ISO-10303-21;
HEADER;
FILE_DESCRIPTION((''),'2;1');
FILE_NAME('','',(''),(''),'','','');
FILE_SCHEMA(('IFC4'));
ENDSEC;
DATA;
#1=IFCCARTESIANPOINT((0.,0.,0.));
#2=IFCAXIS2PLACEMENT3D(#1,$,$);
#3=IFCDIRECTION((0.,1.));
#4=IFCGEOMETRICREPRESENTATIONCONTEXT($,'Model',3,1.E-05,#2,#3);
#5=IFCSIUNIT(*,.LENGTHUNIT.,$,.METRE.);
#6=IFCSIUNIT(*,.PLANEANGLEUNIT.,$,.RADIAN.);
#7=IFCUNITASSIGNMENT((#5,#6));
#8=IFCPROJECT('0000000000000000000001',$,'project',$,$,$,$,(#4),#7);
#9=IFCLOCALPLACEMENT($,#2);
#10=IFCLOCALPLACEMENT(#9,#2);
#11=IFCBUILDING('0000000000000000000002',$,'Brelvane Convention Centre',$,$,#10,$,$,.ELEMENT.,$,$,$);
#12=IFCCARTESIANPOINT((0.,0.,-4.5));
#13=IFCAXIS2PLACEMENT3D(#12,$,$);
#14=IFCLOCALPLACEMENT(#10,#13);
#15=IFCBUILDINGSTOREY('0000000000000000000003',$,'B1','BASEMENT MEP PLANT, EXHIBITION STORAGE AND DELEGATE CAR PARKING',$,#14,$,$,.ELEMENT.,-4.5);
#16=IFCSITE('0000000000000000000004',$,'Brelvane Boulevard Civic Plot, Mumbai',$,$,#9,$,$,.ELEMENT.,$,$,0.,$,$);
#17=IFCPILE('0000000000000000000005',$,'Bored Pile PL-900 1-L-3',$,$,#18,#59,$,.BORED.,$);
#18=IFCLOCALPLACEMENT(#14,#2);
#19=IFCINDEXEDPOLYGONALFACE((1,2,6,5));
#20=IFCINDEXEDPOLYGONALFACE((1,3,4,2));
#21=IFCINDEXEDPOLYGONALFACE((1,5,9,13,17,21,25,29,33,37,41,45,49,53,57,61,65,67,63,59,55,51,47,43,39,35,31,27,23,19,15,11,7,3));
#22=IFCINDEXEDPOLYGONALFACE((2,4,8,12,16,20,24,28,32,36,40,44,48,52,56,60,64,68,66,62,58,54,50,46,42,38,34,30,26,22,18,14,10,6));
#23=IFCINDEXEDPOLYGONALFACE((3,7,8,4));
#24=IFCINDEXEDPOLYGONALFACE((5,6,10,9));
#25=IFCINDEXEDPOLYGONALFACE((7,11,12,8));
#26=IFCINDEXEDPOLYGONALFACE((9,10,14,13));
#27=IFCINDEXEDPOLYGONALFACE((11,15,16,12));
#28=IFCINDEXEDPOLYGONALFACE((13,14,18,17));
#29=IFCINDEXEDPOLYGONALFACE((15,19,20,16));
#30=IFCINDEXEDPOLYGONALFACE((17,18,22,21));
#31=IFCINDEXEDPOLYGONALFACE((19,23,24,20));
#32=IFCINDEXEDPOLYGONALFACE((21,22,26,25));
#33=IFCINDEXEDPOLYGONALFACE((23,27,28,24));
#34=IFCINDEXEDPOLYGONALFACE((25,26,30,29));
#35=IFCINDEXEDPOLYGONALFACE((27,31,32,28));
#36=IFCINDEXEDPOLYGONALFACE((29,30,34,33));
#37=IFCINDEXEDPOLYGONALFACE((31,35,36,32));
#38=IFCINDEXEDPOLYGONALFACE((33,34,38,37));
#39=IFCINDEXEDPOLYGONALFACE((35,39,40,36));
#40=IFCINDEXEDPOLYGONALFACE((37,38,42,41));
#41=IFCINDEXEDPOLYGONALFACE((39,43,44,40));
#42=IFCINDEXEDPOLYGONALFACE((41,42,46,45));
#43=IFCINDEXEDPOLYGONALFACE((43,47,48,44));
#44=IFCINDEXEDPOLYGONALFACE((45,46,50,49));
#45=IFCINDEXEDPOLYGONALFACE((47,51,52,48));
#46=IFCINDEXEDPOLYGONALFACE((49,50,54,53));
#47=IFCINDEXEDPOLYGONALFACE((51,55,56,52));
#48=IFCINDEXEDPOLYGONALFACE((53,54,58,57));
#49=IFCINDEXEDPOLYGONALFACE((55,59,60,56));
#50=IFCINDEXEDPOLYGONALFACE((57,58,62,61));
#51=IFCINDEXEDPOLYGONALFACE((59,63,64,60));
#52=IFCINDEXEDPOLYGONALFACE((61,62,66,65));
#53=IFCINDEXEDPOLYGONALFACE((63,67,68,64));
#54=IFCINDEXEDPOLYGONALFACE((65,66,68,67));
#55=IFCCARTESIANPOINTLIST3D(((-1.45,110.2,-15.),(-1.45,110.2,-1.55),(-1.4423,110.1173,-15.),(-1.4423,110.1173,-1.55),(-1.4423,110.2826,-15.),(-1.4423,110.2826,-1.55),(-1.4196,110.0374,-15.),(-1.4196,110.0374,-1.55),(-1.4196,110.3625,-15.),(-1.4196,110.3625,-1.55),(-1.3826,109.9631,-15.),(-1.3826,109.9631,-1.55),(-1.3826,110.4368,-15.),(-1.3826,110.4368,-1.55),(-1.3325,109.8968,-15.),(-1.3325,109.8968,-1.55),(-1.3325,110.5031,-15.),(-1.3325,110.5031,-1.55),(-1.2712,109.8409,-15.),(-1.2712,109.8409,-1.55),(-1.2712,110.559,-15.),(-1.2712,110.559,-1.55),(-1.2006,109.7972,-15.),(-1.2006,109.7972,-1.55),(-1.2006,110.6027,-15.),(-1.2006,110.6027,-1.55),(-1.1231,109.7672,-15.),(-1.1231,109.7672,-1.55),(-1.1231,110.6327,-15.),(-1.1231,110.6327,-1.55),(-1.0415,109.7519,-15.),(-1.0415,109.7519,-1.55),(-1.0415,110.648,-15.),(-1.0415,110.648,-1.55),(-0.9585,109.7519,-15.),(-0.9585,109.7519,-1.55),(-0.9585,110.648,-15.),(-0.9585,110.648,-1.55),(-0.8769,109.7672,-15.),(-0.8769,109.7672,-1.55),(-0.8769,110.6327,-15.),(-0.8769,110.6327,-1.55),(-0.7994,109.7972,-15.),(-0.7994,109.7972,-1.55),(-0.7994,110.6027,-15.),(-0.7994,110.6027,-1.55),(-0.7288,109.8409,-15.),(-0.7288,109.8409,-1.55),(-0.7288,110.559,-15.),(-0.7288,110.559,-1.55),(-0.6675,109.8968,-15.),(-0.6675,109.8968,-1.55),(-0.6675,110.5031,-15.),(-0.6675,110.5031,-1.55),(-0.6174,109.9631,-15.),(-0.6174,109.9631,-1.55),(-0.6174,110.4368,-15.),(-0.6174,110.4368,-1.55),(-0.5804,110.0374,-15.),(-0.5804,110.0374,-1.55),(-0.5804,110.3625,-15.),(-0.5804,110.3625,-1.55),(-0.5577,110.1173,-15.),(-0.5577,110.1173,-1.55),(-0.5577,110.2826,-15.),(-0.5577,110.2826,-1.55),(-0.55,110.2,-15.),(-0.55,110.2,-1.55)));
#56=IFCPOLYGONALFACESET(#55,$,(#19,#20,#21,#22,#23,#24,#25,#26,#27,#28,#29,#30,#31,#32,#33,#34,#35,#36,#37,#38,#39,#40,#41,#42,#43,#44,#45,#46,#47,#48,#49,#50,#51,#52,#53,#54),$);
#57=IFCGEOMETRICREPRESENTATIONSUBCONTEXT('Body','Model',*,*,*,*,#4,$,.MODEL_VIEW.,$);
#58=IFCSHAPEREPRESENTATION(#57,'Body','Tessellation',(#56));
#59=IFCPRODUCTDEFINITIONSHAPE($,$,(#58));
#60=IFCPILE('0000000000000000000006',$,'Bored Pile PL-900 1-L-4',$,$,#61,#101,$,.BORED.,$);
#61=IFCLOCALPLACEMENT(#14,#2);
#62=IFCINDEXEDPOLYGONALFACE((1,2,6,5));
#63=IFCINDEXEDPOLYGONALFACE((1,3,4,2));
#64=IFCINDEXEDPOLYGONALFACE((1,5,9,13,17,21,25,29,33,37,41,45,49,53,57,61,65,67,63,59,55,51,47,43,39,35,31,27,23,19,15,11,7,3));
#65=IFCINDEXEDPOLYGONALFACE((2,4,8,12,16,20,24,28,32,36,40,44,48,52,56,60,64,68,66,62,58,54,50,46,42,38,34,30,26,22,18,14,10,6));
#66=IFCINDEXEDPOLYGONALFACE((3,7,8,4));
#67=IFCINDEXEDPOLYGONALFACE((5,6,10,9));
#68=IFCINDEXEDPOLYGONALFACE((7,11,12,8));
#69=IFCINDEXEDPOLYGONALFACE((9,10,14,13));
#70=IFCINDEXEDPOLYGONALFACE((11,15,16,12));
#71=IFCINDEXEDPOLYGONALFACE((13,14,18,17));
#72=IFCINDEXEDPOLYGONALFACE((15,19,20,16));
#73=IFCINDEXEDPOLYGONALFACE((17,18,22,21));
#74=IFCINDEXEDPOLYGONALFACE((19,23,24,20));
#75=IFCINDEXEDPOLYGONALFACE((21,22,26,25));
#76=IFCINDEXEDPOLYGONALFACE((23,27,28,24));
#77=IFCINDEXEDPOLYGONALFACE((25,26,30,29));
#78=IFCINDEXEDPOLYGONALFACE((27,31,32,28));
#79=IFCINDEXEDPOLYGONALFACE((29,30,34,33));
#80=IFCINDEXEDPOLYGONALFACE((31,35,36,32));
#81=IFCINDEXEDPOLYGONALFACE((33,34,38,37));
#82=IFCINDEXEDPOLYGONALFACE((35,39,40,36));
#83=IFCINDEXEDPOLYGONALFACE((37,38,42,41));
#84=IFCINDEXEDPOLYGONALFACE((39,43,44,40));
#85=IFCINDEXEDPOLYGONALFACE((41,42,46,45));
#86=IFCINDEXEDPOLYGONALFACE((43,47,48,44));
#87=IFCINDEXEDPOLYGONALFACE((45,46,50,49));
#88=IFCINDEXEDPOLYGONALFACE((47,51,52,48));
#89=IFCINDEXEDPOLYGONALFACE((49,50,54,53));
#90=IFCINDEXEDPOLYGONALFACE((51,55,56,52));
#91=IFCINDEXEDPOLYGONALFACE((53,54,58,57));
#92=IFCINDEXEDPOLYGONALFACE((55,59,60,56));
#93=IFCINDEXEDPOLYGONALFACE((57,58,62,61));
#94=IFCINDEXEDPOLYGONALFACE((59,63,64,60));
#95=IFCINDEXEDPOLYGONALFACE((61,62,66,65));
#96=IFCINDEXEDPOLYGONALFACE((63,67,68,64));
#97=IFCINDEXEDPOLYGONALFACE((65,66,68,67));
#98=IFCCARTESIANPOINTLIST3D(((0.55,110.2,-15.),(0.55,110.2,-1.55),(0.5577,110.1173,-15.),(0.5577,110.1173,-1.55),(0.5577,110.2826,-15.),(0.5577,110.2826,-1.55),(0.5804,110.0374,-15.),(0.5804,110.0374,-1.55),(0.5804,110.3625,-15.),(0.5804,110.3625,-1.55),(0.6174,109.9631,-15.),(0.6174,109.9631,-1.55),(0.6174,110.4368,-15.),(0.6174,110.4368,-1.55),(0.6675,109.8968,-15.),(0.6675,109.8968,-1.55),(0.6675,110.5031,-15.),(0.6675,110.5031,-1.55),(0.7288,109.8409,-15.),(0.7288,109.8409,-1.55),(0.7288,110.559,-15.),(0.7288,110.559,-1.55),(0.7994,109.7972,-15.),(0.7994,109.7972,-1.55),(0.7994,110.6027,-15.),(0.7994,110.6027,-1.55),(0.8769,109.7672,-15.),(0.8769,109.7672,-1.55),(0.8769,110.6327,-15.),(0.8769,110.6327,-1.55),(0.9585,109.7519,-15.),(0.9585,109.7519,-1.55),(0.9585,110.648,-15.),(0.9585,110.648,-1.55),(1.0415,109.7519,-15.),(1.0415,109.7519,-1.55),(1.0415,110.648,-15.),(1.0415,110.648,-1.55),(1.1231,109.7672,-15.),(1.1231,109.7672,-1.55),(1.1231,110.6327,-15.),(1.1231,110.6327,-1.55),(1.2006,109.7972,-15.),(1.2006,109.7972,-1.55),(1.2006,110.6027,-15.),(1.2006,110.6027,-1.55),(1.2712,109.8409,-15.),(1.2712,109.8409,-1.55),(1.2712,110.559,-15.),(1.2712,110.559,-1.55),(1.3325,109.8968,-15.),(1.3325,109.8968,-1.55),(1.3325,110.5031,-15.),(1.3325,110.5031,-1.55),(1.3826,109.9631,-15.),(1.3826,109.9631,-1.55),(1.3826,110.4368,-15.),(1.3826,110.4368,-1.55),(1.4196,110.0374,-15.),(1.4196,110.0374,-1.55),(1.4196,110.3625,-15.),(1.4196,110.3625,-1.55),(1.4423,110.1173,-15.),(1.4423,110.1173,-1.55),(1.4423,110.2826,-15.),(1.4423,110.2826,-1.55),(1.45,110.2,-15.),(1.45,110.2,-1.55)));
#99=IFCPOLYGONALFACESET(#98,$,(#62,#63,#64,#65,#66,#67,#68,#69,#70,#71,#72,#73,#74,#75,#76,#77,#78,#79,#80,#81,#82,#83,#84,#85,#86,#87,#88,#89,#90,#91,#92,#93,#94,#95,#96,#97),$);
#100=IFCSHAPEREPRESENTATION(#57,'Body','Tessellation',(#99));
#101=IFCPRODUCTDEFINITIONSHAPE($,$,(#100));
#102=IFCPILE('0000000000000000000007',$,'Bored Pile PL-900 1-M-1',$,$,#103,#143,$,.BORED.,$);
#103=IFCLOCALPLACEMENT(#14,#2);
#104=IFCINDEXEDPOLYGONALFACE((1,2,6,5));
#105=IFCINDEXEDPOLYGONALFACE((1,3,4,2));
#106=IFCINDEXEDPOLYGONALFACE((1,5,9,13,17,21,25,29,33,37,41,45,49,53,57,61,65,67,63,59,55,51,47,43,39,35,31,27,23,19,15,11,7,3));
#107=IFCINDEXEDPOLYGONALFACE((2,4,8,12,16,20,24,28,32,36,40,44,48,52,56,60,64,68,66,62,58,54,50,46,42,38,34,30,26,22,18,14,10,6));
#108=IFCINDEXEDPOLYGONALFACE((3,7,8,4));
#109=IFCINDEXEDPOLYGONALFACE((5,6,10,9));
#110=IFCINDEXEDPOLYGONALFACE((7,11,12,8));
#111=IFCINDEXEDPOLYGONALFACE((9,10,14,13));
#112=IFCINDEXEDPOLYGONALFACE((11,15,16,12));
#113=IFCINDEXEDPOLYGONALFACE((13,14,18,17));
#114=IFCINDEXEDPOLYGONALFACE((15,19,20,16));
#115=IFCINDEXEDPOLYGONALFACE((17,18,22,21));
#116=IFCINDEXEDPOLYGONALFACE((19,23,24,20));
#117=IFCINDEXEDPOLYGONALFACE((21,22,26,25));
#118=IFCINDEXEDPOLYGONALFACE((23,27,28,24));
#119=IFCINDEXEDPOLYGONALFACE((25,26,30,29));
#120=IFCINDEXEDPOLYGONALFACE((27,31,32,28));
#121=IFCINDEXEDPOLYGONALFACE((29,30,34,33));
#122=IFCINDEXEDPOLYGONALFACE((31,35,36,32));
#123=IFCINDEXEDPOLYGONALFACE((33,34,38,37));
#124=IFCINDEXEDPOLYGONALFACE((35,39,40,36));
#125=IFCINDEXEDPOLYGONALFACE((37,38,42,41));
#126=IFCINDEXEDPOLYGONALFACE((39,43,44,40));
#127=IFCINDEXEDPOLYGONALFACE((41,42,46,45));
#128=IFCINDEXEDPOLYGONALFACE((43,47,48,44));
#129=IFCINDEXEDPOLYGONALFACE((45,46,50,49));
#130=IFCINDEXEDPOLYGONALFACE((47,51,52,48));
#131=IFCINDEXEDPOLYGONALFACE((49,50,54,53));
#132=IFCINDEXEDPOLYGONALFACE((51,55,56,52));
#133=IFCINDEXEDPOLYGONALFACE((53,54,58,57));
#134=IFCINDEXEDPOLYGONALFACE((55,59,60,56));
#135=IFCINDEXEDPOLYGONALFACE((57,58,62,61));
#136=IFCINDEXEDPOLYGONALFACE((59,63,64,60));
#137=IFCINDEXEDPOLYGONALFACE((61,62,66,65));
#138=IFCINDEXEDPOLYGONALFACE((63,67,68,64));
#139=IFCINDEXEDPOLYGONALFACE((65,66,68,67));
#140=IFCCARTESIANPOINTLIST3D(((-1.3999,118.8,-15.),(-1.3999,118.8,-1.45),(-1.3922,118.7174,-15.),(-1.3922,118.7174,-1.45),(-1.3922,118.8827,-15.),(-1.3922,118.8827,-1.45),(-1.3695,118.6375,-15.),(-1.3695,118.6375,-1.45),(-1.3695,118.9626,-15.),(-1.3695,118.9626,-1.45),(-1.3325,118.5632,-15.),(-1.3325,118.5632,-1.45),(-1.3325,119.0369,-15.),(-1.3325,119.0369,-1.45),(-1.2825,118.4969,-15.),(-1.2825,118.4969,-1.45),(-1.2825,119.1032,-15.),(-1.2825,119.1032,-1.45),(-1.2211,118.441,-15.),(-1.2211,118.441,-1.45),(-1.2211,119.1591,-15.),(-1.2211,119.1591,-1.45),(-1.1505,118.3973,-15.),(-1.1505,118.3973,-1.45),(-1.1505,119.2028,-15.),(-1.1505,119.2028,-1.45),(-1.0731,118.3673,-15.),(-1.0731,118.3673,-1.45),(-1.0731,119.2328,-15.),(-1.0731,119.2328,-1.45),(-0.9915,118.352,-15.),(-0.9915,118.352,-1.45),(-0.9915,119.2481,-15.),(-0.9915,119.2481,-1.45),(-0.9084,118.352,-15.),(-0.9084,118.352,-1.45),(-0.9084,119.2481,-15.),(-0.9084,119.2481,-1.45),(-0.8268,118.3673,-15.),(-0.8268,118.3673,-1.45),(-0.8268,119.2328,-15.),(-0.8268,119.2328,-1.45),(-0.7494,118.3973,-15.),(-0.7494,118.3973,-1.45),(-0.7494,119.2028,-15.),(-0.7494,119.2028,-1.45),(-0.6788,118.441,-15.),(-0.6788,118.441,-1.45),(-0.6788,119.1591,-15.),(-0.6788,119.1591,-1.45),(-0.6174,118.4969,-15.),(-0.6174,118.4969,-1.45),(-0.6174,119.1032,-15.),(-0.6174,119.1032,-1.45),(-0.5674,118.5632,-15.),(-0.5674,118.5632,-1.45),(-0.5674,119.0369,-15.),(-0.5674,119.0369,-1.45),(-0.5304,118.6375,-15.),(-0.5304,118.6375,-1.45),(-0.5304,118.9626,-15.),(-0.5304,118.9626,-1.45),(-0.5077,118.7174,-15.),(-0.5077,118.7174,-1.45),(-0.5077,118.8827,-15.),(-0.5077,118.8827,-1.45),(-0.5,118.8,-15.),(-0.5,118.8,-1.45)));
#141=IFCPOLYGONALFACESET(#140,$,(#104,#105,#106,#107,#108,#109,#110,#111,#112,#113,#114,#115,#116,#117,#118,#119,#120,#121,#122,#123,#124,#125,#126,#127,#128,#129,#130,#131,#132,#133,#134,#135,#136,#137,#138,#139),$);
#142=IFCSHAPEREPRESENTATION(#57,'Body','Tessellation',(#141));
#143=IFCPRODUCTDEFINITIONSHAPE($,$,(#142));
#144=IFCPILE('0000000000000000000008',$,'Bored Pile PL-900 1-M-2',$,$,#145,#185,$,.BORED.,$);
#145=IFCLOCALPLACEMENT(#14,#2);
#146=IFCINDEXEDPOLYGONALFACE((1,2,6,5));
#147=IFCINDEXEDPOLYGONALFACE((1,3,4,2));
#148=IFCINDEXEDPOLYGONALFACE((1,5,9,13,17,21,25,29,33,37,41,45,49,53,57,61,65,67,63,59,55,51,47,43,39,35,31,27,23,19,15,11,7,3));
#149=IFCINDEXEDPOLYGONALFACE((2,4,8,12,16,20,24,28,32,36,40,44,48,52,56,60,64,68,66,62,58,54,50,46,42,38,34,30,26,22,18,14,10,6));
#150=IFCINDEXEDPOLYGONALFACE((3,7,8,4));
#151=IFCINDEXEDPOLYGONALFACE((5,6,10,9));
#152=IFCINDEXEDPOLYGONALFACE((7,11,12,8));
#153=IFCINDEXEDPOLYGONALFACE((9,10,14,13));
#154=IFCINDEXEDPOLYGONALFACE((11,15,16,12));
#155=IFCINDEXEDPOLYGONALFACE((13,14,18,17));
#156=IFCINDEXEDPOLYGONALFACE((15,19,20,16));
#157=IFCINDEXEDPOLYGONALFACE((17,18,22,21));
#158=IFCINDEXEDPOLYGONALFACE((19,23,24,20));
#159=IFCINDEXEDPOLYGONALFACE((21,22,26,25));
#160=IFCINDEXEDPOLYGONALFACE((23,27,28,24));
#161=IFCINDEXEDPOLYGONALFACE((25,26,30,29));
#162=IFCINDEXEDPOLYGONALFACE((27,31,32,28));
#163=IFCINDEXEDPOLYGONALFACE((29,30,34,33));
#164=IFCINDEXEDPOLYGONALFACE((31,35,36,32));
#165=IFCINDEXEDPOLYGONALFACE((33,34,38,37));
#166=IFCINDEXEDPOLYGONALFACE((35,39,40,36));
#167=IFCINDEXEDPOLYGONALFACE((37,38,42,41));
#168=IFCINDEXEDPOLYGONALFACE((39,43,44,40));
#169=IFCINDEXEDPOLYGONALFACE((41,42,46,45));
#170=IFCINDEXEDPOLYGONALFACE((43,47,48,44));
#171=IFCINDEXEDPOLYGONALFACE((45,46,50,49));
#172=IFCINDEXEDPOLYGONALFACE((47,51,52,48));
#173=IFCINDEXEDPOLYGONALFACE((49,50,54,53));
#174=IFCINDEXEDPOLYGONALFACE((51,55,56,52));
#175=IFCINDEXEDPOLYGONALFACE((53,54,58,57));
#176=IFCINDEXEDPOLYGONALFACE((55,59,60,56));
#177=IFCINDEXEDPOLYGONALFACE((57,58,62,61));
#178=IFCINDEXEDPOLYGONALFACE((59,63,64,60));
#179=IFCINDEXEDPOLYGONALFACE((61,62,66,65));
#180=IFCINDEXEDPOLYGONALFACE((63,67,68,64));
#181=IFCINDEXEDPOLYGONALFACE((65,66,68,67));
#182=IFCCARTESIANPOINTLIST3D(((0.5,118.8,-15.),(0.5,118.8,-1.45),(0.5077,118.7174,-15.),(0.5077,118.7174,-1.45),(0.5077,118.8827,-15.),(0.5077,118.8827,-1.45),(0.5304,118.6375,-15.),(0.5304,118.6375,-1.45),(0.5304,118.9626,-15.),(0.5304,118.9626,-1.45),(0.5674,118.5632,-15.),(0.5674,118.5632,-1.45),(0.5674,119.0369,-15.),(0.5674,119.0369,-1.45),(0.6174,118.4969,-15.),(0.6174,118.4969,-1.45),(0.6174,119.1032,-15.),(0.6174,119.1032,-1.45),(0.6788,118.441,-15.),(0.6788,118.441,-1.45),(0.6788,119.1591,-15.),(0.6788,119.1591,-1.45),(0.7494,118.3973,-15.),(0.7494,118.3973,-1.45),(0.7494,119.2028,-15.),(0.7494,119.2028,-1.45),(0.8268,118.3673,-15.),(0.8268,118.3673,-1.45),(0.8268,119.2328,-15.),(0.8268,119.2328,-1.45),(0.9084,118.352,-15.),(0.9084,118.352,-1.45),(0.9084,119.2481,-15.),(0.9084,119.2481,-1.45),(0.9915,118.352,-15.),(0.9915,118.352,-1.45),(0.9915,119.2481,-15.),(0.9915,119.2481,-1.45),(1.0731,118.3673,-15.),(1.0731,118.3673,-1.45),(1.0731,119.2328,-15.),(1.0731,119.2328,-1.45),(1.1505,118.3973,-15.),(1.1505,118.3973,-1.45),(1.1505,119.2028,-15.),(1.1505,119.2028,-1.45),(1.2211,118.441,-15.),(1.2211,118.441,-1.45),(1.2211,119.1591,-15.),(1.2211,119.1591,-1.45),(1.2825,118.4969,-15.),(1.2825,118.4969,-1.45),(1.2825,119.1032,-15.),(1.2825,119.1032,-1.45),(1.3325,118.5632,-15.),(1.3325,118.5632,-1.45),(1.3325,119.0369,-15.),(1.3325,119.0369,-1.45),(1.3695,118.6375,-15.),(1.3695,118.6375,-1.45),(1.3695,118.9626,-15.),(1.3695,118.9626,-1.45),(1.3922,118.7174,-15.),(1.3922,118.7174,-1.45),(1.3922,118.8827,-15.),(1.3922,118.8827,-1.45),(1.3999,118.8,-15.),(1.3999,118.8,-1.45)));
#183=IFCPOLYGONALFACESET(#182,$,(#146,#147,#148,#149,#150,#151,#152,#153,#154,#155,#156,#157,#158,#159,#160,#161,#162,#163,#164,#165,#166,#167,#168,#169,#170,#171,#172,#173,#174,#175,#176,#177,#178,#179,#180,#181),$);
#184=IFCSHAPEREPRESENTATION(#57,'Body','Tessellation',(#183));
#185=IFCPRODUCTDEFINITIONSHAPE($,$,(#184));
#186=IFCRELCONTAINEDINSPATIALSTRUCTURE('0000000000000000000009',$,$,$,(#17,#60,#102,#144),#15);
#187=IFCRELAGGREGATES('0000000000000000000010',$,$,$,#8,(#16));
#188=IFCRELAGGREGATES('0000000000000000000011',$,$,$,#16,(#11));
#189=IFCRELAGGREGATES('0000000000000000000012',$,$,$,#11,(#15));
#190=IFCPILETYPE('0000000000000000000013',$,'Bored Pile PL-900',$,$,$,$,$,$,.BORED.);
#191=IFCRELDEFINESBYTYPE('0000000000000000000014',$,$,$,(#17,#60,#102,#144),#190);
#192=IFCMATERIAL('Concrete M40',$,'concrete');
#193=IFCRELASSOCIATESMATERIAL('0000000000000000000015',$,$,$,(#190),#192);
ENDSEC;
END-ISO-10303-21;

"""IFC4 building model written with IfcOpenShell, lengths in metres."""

from ifc_helpers import new_model, si_unit, direction, frame, origin, origin_2d, place, context, subcontext, project, spatial, circle, extrude, material, material_profile, profile_set, type_object, element, save


model = new_model("IFC4")

# Units and contexts
model_context = context("Model", 3, precision=1e-05, world=origin(), true_north=direction((0.0, 1.0)))
body_context = subcontext(model_context, "Body", "Model", "MODEL_VIEW")
ifc_project = project(units=[si_unit("LENGTHUNIT", "METRE"), si_unit("PLANEANGLEUNIT", "RADIAN")], contexts=[model_context])

# Site, building, storey
site_placement = place(None, origin())
site = spatial("IfcSite", under=ifc_project, at=site_placement, Name="Brelvane Boulevard Civic Plot, Mumbai", CompositionType="ELEMENT", RefElevation=0.0)
building_placement = place(site_placement, origin())
building = spatial("IfcBuilding", under=site, at=building_placement, Name="Brelvane Convention Centre", CompositionType="ELEMENT")
storey_placement = place(building_placement, frame((0.0, 0.0, -4.5)))
storey = spatial("IfcBuildingStorey", under=building, at=storey_placement, Name="B1", Description="BASEMENT MEP PLANT, EXHIBITION STORAGE AND DELEGATE CAR PARKING", CompositionType="ELEMENT", Elevation=-4.5)

# Piles
ifc_material_1 = material(Name="Concrete M40", Category="concrete")
ifc_material_profile_1 = material_profile(ifc_material_1, circle(Radius=0.45, at=origin_2d()), Name="PILE D900")
ifc_profile_set_1 = profile_set([ifc_material_profile_1], Name="Concrete M40")
pile_type = type_object("IfcPileType", Name="Bored Pile PL-900", PredefinedType="BORED", material=ifc_profile_set_1)
for number, where, z_axis, x_axis, name in (
    (1, (-1.0, 110.2, -1.55), (0.0, 0.0, -1.0), (1.0, 0.0, 0.0), "Bored Pile PL-900 1-L-3"),
    (2, (1.0, 110.2, -1.55), (0.0, 0.0, -1.0), (1.0, 0.0, 0.0), "Bored Pile PL-900 1-L-4"),
):
    element("IfcPile", number, at=place(storey_placement, frame(where, z_axis=z_axis, x_axis=x_axis)), inside=storey, type_object=pile_type, Name=name, PredefinedType="BORED", context=body_context, shape_type="SweptSolid", body=[
        extrude(circle(Radius=0.45, at=origin_2d()), origin(), (0.0, 0.0, 1.0), 13.45),
    ])
for number, where, z_axis, x_axis, name in (
    (3, (-0.95, 118.8, -1.45), (0.0, 0.0, -1.0), (1.0, 0.0, 0.0), "Bored Pile PL-900 1-M-1"),
    (4, (0.95, 118.8, -1.45), (0.0, 0.0, -1.0), (1.0, 0.0, 0.0), "Bored Pile PL-900 1-M-2"),
):
    element("IfcPile", number, at=place(storey_placement, frame(where, z_axis=z_axis, x_axis=x_axis)), inside=storey, type_object=pile_type, Name=name, PredefinedType="BORED", context=body_context, shape_type="SweptSolid", body=[
        extrude(circle(Radius=0.45, at=origin_2d()), origin(), (0.0, 0.0, 1.0), 13.55),
    ])

save(model, "model.ifc")
